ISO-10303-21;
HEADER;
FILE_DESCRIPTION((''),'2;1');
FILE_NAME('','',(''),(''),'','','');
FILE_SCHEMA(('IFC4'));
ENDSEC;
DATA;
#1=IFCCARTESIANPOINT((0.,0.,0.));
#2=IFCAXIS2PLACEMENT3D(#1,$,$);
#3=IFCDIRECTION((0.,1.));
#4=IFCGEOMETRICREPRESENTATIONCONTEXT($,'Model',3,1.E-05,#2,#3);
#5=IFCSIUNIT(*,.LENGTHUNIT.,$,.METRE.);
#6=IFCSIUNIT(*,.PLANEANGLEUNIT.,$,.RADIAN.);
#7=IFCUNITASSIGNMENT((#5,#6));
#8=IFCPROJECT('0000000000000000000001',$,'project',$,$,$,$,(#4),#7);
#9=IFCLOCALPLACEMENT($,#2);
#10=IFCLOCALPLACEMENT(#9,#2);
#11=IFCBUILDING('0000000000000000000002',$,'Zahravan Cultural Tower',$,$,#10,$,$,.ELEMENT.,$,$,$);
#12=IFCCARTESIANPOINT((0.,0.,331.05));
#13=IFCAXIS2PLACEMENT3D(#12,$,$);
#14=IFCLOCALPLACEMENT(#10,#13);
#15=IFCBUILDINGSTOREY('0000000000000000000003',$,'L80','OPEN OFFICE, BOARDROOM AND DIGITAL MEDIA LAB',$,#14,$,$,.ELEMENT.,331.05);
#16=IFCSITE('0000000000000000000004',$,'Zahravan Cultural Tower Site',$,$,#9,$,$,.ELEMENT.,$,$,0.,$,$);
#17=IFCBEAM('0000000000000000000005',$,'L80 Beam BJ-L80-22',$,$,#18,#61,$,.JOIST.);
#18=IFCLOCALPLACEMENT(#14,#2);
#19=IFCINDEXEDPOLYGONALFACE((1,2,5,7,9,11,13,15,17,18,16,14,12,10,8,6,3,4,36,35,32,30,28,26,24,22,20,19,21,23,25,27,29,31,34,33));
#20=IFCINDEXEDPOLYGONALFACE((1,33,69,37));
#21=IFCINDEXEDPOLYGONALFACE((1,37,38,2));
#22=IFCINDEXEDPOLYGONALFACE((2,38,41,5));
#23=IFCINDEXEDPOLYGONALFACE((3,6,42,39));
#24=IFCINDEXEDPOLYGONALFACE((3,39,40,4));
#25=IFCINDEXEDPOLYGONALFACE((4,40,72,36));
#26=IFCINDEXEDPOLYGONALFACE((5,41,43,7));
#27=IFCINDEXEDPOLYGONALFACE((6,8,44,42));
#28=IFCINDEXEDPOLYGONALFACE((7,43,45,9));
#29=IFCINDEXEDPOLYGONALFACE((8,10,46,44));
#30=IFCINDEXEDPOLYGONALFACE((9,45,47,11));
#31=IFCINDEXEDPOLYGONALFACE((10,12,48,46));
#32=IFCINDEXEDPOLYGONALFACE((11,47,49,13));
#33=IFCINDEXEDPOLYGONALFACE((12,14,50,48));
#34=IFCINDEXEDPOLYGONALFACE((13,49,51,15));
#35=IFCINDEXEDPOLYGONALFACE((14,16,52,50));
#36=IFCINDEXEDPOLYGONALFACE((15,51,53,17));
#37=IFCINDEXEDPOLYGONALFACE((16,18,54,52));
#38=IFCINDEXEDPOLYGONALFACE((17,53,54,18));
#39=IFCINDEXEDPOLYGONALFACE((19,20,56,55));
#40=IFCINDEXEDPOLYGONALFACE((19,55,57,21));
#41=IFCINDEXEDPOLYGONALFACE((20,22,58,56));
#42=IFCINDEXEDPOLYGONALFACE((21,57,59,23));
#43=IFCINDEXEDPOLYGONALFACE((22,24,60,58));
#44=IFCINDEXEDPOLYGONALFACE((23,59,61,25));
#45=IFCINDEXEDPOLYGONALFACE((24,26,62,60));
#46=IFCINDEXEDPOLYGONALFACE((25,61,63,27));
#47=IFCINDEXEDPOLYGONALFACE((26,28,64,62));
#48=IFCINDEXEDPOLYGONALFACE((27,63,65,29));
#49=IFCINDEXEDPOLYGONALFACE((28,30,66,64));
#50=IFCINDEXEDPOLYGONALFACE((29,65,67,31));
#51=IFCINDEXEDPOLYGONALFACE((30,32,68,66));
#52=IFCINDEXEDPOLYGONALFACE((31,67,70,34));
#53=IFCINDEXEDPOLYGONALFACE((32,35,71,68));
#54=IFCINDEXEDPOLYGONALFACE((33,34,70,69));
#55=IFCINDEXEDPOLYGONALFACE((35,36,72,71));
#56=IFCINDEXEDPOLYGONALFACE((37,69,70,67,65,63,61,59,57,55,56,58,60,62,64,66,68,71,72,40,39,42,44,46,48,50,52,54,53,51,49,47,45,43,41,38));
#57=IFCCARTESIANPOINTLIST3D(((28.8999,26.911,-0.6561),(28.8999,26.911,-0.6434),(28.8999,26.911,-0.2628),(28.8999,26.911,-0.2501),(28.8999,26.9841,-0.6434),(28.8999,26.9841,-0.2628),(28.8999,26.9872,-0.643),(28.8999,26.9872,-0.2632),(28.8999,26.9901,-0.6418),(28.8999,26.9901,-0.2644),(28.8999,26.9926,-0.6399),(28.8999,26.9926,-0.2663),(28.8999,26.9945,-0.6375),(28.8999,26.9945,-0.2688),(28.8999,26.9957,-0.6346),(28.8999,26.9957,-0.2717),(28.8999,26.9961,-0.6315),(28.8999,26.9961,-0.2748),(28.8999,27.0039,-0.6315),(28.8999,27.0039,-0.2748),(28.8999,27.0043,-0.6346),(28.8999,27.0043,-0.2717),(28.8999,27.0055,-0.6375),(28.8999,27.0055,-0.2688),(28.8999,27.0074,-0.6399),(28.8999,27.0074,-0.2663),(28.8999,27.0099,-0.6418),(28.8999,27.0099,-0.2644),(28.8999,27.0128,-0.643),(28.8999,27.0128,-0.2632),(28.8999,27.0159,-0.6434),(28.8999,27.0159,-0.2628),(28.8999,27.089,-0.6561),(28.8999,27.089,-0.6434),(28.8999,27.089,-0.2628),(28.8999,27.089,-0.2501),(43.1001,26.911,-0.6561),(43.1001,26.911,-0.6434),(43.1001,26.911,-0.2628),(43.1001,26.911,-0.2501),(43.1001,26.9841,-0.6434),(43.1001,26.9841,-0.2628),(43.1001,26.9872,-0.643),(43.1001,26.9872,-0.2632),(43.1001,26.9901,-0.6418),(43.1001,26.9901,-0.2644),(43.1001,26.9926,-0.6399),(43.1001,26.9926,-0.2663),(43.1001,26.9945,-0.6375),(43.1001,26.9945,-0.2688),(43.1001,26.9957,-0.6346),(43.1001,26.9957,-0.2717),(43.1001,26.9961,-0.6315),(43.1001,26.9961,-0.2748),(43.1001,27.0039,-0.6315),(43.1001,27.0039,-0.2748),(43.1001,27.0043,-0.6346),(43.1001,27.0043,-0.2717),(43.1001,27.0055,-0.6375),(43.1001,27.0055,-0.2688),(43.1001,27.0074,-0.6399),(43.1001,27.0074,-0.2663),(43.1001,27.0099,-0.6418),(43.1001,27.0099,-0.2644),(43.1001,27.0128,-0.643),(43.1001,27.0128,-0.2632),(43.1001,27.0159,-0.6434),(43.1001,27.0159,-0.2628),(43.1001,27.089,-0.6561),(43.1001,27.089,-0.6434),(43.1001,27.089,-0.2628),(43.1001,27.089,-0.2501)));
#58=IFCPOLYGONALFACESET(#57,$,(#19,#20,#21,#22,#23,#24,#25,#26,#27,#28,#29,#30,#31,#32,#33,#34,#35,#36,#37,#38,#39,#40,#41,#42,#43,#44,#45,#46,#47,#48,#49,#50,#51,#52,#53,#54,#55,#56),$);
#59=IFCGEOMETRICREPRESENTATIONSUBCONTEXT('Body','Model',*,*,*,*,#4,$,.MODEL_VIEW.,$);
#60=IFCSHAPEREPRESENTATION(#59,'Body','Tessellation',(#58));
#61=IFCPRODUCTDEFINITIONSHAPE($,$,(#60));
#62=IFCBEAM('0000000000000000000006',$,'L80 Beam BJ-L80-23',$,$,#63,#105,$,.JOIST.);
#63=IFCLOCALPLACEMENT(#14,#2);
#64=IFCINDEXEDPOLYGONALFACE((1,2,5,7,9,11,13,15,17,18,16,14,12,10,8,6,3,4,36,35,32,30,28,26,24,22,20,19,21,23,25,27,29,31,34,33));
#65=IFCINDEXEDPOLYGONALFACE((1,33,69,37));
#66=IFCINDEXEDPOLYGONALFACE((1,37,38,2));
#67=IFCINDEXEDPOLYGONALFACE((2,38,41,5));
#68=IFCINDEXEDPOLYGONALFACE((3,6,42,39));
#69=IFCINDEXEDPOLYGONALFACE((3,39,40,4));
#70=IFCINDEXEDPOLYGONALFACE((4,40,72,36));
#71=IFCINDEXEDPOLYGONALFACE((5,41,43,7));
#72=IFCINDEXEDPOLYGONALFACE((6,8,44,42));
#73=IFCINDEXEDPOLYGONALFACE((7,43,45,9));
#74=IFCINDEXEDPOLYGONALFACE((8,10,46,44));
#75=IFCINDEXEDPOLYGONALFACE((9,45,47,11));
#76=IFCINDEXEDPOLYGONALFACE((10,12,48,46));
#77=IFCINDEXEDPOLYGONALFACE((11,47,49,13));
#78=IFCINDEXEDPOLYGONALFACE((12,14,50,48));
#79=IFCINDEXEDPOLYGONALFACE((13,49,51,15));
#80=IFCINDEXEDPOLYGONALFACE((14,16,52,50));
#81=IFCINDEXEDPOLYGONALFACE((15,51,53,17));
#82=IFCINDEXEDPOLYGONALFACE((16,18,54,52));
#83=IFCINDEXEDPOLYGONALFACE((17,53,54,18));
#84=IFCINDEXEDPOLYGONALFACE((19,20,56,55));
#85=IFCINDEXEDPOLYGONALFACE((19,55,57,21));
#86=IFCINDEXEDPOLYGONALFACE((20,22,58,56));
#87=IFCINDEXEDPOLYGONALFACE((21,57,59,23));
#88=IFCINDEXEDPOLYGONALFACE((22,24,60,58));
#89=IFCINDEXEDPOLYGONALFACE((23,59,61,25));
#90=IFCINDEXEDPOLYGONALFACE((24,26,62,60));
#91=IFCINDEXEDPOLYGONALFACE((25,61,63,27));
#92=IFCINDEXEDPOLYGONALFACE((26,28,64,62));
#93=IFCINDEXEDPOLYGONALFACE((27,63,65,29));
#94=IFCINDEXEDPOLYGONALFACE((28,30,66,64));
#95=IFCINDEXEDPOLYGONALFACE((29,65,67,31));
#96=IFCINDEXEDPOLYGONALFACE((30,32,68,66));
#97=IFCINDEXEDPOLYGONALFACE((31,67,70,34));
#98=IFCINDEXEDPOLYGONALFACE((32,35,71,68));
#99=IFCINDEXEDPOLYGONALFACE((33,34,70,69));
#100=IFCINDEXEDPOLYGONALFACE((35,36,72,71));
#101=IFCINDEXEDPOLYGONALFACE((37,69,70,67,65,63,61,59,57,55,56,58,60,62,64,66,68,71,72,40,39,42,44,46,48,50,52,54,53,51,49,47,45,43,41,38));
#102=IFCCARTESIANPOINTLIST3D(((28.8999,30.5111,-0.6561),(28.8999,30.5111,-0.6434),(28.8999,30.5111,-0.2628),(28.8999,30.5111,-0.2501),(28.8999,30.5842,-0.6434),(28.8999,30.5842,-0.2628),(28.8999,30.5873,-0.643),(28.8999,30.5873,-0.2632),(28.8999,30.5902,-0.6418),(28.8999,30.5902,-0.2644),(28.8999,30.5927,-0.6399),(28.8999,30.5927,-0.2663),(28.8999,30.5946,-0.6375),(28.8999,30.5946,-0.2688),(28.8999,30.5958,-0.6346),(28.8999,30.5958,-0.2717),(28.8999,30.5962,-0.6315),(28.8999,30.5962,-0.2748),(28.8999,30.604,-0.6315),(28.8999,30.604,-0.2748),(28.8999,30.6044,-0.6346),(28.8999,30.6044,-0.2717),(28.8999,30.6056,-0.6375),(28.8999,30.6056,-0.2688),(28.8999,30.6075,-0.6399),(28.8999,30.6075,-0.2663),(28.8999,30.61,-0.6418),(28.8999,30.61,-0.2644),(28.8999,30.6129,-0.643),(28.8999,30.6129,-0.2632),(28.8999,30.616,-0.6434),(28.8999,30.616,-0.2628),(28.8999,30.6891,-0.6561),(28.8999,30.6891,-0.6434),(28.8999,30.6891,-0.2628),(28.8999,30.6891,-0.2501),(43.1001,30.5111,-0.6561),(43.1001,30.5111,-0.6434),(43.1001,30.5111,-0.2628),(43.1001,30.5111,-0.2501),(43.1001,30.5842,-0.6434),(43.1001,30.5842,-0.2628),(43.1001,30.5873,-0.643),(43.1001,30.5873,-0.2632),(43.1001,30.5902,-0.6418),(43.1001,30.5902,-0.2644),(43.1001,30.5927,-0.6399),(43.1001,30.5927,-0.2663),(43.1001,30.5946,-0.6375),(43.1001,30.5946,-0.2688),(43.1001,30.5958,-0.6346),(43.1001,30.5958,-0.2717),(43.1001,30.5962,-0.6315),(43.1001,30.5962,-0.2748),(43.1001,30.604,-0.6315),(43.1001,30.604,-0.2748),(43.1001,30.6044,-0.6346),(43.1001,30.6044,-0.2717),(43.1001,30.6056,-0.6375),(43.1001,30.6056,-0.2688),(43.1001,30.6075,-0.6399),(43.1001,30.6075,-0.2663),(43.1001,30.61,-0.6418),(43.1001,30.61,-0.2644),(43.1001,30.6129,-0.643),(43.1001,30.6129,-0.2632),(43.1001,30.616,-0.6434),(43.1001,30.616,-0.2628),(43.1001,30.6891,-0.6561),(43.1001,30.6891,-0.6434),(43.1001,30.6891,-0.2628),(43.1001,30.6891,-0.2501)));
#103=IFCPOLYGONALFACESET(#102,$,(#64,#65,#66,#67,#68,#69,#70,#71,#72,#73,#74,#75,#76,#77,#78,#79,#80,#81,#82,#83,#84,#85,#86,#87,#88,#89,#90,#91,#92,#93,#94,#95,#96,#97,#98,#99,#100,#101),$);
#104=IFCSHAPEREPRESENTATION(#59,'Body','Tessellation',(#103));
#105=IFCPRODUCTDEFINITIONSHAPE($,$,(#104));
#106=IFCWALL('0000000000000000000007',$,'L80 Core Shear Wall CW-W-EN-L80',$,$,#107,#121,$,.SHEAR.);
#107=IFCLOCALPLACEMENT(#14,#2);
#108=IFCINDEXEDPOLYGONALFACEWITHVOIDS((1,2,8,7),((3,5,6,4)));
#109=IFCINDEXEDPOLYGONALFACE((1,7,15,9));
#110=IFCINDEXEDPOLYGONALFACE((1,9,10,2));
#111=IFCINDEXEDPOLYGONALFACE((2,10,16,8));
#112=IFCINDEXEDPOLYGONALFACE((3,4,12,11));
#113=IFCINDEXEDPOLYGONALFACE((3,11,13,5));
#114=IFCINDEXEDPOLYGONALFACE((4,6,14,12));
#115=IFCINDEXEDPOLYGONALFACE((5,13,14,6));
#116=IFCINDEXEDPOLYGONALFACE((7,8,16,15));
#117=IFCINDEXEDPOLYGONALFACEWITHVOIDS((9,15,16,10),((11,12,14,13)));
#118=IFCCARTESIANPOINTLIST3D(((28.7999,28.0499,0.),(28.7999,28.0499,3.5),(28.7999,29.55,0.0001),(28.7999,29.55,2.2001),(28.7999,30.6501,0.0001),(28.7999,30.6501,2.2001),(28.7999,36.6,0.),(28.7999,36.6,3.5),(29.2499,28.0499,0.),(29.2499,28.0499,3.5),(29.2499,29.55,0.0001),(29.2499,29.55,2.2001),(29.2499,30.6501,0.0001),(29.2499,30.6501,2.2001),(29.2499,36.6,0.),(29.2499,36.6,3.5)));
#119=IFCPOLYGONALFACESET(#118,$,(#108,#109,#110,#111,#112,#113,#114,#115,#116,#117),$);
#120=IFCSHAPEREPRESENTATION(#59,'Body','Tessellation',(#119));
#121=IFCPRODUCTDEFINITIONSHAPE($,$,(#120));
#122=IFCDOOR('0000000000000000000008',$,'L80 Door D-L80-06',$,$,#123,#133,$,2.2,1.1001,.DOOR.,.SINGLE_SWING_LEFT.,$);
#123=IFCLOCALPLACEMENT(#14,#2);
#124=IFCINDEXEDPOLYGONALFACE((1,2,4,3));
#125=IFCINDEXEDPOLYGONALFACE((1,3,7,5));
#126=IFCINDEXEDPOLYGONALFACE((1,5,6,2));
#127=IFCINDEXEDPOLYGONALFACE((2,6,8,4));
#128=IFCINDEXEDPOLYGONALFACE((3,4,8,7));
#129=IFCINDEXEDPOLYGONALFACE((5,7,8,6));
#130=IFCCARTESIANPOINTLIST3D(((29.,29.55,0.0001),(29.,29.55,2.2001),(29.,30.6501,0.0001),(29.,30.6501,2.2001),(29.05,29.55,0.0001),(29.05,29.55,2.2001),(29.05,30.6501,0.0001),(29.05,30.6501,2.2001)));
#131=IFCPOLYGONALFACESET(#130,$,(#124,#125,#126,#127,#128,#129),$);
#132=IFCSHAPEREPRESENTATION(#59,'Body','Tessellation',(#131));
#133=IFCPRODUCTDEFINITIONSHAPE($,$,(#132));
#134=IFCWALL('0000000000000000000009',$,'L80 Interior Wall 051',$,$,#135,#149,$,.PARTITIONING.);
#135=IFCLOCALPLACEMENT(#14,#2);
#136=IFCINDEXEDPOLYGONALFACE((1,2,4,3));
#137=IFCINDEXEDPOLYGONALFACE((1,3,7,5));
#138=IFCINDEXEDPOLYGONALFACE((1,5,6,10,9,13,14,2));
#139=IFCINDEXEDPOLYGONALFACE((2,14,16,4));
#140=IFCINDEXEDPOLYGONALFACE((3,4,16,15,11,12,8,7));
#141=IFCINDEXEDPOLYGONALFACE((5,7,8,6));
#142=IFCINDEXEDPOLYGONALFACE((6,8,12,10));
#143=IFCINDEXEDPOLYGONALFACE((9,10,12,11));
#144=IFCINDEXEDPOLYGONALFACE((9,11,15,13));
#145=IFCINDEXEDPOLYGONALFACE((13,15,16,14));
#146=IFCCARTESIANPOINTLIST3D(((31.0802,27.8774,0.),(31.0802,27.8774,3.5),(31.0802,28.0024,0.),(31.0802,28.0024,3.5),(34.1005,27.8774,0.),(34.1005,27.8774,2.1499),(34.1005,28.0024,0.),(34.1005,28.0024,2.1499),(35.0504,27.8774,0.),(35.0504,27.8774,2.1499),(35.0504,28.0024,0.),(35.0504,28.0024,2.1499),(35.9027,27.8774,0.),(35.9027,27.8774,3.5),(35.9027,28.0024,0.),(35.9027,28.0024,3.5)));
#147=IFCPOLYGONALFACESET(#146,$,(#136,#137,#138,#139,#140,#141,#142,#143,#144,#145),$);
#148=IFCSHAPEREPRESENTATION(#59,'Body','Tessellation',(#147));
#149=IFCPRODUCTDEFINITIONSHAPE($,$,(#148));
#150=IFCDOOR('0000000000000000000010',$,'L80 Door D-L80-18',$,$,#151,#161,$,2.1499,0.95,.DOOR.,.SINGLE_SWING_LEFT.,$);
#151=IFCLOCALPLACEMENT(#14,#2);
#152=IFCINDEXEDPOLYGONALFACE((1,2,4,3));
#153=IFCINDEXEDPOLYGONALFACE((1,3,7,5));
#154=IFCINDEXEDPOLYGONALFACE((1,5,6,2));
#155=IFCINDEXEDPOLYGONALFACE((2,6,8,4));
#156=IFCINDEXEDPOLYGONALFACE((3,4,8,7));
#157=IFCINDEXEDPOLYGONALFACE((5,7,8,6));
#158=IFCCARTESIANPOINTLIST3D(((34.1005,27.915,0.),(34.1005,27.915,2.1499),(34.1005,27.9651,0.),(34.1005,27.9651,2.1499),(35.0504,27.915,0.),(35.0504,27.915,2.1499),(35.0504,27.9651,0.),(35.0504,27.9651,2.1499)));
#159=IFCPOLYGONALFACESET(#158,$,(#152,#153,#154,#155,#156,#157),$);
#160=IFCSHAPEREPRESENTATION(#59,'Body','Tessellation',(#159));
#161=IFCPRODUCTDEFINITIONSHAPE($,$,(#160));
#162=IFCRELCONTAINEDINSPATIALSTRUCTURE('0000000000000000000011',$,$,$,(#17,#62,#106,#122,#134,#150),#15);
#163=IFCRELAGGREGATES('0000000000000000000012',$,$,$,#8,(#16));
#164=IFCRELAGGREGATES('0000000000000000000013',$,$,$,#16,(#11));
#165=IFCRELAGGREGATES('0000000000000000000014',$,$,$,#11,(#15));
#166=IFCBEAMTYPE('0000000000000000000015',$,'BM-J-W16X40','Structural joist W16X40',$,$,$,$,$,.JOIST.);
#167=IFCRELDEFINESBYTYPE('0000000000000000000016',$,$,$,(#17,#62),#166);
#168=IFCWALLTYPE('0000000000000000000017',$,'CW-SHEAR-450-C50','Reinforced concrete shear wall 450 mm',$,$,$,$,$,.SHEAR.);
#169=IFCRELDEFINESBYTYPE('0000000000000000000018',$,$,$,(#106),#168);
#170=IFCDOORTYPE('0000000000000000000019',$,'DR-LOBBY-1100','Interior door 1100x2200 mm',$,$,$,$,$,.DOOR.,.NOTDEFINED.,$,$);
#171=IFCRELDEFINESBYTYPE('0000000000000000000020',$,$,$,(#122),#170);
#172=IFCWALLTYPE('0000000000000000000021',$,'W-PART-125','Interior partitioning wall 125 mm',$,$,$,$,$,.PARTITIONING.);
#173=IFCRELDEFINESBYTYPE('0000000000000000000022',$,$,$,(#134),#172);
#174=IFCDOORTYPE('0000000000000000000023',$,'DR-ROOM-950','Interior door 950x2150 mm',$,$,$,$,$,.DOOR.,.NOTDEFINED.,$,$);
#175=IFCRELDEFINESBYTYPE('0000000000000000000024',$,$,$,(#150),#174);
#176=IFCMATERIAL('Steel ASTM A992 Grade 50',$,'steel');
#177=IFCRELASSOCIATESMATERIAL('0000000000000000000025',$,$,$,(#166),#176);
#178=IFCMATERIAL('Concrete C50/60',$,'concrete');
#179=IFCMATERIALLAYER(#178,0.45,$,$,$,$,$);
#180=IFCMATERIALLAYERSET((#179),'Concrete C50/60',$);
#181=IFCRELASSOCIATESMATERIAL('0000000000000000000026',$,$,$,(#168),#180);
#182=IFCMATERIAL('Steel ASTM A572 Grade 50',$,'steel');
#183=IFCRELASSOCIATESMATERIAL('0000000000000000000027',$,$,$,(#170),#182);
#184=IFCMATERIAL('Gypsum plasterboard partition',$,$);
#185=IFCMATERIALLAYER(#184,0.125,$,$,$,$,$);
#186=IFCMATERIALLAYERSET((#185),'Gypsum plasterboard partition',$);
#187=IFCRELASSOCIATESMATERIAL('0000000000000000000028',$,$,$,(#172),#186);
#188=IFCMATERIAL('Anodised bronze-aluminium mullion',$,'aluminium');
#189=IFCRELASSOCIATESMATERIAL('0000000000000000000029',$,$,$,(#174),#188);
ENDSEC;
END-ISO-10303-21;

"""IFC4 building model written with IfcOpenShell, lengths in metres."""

from ifc_helpers import new_model, si_unit, direction, frame, frame_2d, origin, origin_2d, place, context, subcontext, project, spatial, rectangle, i_section, extrude, source, transform, mapped, material, layer, layer_set, material_profile, profile_set, type_object, element, fill, save


model = new_model("IFC4")

# Units and contexts
model_context = context("Model", 3, precision=1e-05, world=origin(), true_north=direction((0.0, 1.0)))
body_context = subcontext(model_context, "Body", "Model", "MODEL_VIEW")
ifc_project = project(units=[si_unit("LENGTHUNIT", "METRE"), si_unit("PLANEANGLEUNIT", "RADIAN")], contexts=[model_context])

# Site, building, storey
site_placement = place(None, origin())
site = spatial("IfcSite", under=ifc_project, at=site_placement, Name="Zahravan Cultural Tower Site", CompositionType="ELEMENT", RefElevation=0.0)
building_placement = place(site_placement, origin())
building = spatial("IfcBuilding", under=site, at=building_placement, Name="Zahravan Cultural Tower", CompositionType="ELEMENT")
storey_placement = place(building_placement, frame((0.0, 0.0, 331.05)))
storey = spatial("IfcBuildingStorey", under=building, at=storey_placement, Name="L80", Description="OPEN OFFICE, BOARDROOM AND DIGITAL MEDIA LAB", CompositionType="ELEMENT", Elevation=331.05)

# Beams
ifc_material_1 = material(Name="Steel ASTM A992 Grade 50", Category="steel")
ifc_material_profile = material_profile(ifc_material_1, i_section(OverallWidth=0.178, OverallDepth=0.406, WebThickness=0.0078, FlangeThickness=0.0127, FilletRadius=0.012, at=origin_2d()), Name="W16X40")
ifc_profile_set = profile_set([ifc_material_profile], Name="Steel ASTM A992 Grade 50")
beam_type = type_object("IfcBeamType", Name="BM-J-W16X40", Description="Structural joist W16X40", PredefinedType="JOIST", material=ifc_profile_set)
shared_shape_1 = source(origin(), body_context, "Body", "SweptSolid", [
    extrude(i_section(OverallWidth=0.178, OverallDepth=0.406, WebThickness=0.0078, FlangeThickness=0.0127, FilletRadius=0.012, at=origin_2d()), origin(), (0.0, 0.0, 1.0), 14.2002),
])
for number, where, z_axis, x_axis, name in (
    (1, (28.8999, 27.0, -0.4531), (1.0, 0.0, 0.0), (0.0, 1.0, 0.0), "L80 Beam BJ-L80-22"),
    (2, (28.8999, 30.6001, -0.4531), (1.0, 0.0, 0.0), (0.0, 1.0, 0.0), "L80 Beam BJ-L80-23"),
):
    element("IfcBeam", number, at=place(storey_placement, frame(where, z_axis=z_axis, x_axis=x_axis)), inside=storey, type_object=beam_type, Name=name, PredefinedType="JOIST", context=body_context, shape_type="MappedRepresentation", body=[
        mapped(shared_shape_1, transform((0.0, 0.0, 0.0), x_axis=(1.0, 0.0, 0.0), y_axis=(0.0, 1.0, 0.0), z_axis=(0.0, 0.0, 1.0), scale=1.0)),
    ])

# Walls, openings, doors
ifc_material_2 = material(Name="Concrete C50/60", Category="concrete")
ifc_layer_1 = layer(ifc_material_2, 0.45)
ifc_layer_set_1 = layer_set([ifc_layer_1], Name="Concrete C50/60")
wall_type_1 = type_object("IfcWallType", Name="CW-SHEAR-450-C50", Description="Reinforced concrete shear wall 450 mm", PredefinedType="SHEAR", material=ifc_layer_set_1)
wall_1_placement = place(storey_placement, frame((29.0249, 28.05, 0.0), z_axis=(0.0, 0.0, 1.0), x_axis=(0.0, 1.0, 0.0)))
wall_1 = element("IfcWall", 3, at=wall_1_placement, inside=storey, type_object=wall_type_1, Name="L80 Core Shear Wall CW-W-EN-L80", PredefinedType="SHEAR", context=body_context, shape_type="SweptSolid", body=[
    extrude(rectangle(XDim=8.55, YDim=0.45, at=frame_2d((4.2749, 0.0))), origin(), (0.0, 0.0, 1.0), 3.5),
])
opening_1_placement = place(wall_1_placement, frame((1.5, 0.0, 0.0)))
opening_1 = element("IfcOpeningElement", 4, at=opening_1_placement, cuts=wall_1, PredefinedType="OPENING", context=body_context, shape_type="SweptSolid", body=[
    extrude(rectangle(XDim=1.1001, YDim=2.2, at=frame_2d((0.55, 1.1001))), frame((0.0, 0.2349, 0.0), z_axis=(0.0, -1.0, 0.0), x_axis=(1.0, 0.0, 0.0)), (0.0, 0.0, 1.0), 0.47),
])
ifc_material_3 = material(Name="Steel ASTM A572 Grade 50", Category="steel")
door_type_1 = type_object("IfcDoorType", Name="DR-LOBBY-1100", Description="Interior door 1100x2200 mm", OperationType="NOTDEFINED", PredefinedType="DOOR", material=ifc_material_3)
shared_shape_2 = source(origin(), body_context, "Body", "SweptSolid", [
    extrude(rectangle(XDim=1.1001, YDim=2.2, at=frame_2d((0.55, 1.1001))), frame((0.0, 0.0249, 0.0), z_axis=(0.0, -1.0, 0.0), x_axis=(1.0, 0.0, 0.0)), (0.0, 0.0, 1.0), 0.05),
])
door_1_placement = place(opening_1_placement, origin())
door_1 = element("IfcDoor", 5, at=door_1_placement, inside=storey, type_object=door_type_1, Name="L80 Door D-L80-06", OperationType="SINGLE_SWING_LEFT", OverallHeight=2.2, OverallWidth=1.1001, PredefinedType="DOOR", context=body_context, shape_type="MappedRepresentation", body=[
    mapped(shared_shape_2, transform((0.0, 0.0, 0.0), x_axis=(1.0, 0.0, 0.0), y_axis=(0.0, 1.0, 0.0), z_axis=(0.0, 0.0, 1.0), scale=1.0)),
])
fill(opening_1, door_1)
ifc_material_4 = material(Name="Gypsum plasterboard partition")
ifc_layer_2 = layer(ifc_material_4, 0.125)
ifc_layer_set_2 = layer_set([ifc_layer_2], Name="Gypsum plasterboard partition")
wall_type_2 = type_object("IfcWallType", Name="W-PART-125", Description="Interior partitioning wall 125 mm", PredefinedType="PARTITIONING", material=ifc_layer_set_2)
wall_2_placement = place(storey_placement, frame((35.9026, 27.9399, 0.0), z_axis=(0.0, 0.0, 1.0), x_axis=(-1.0, 0.0, 0.0)))
wall_2 = element("IfcWall", 6, at=wall_2_placement, inside=storey, type_object=wall_type_2, Name="L80 Interior Wall 051", PredefinedType="PARTITIONING", context=body_context, shape_type="SweptSolid", body=[
    extrude(rectangle(XDim=4.8225, YDim=0.125, at=frame_2d((2.4111, 0.0))), origin(), (0.0, 0.0, 1.0), 3.5),
])
opening_2_placement = place(wall_2_placement, frame((0.8521, 0.0, 0.0)))
opening_2 = element("IfcOpeningElement", 7, at=opening_2_placement, cuts=wall_2, PredefinedType="OPENING", context=body_context, shape_type="SweptSolid", body=[
    extrude(rectangle(XDim=0.95, YDim=2.1499, at=frame_2d((0.4751, 1.075))), frame((0.0, 0.0725, 0.0), z_axis=(0.0, -1.0, 0.0), x_axis=(1.0, 0.0, 0.0)), (0.0, 0.0, 1.0), 0.145),
])
ifc_material_5 = material(Name="Anodised bronze-aluminium mullion", Category="aluminium")
door_type_2 = type_object("IfcDoorType", Name="DR-ROOM-950", Description="Interior door 950x2150 mm", OperationType="NOTDEFINED", PredefinedType="DOOR", material=ifc_material_5)
shared_shape_3 = source(origin(), body_context, "Body", "SweptSolid", [
    extrude(rectangle(XDim=0.95, YDim=2.1499, at=frame_2d((0.4751, 1.075))), frame((0.0, 0.0249, 0.0), z_axis=(0.0, -1.0, 0.0), x_axis=(1.0, 0.0, 0.0)), (0.0, 0.0, 1.0), 0.05),
])
door_2_placement = place(opening_2_placement, origin())
door_2 = element("IfcDoor", 8, at=door_2_placement, inside=storey, type_object=door_type_2, Name="L80 Door D-L80-18", OperationType="SINGLE_SWING_LEFT", OverallHeight=2.1499, OverallWidth=0.95, PredefinedType="DOOR", context=body_context, shape_type="MappedRepresentation", body=[
    mapped(shared_shape_3, transform((0.0, 0.0, 0.0), x_axis=(1.0, 0.0, 0.0), y_axis=(0.0, 1.0, 0.0), z_axis=(0.0, 0.0, 1.0), scale=1.0)),
])
fill(opening_2, door_2)

save(model, "model.ifc")
